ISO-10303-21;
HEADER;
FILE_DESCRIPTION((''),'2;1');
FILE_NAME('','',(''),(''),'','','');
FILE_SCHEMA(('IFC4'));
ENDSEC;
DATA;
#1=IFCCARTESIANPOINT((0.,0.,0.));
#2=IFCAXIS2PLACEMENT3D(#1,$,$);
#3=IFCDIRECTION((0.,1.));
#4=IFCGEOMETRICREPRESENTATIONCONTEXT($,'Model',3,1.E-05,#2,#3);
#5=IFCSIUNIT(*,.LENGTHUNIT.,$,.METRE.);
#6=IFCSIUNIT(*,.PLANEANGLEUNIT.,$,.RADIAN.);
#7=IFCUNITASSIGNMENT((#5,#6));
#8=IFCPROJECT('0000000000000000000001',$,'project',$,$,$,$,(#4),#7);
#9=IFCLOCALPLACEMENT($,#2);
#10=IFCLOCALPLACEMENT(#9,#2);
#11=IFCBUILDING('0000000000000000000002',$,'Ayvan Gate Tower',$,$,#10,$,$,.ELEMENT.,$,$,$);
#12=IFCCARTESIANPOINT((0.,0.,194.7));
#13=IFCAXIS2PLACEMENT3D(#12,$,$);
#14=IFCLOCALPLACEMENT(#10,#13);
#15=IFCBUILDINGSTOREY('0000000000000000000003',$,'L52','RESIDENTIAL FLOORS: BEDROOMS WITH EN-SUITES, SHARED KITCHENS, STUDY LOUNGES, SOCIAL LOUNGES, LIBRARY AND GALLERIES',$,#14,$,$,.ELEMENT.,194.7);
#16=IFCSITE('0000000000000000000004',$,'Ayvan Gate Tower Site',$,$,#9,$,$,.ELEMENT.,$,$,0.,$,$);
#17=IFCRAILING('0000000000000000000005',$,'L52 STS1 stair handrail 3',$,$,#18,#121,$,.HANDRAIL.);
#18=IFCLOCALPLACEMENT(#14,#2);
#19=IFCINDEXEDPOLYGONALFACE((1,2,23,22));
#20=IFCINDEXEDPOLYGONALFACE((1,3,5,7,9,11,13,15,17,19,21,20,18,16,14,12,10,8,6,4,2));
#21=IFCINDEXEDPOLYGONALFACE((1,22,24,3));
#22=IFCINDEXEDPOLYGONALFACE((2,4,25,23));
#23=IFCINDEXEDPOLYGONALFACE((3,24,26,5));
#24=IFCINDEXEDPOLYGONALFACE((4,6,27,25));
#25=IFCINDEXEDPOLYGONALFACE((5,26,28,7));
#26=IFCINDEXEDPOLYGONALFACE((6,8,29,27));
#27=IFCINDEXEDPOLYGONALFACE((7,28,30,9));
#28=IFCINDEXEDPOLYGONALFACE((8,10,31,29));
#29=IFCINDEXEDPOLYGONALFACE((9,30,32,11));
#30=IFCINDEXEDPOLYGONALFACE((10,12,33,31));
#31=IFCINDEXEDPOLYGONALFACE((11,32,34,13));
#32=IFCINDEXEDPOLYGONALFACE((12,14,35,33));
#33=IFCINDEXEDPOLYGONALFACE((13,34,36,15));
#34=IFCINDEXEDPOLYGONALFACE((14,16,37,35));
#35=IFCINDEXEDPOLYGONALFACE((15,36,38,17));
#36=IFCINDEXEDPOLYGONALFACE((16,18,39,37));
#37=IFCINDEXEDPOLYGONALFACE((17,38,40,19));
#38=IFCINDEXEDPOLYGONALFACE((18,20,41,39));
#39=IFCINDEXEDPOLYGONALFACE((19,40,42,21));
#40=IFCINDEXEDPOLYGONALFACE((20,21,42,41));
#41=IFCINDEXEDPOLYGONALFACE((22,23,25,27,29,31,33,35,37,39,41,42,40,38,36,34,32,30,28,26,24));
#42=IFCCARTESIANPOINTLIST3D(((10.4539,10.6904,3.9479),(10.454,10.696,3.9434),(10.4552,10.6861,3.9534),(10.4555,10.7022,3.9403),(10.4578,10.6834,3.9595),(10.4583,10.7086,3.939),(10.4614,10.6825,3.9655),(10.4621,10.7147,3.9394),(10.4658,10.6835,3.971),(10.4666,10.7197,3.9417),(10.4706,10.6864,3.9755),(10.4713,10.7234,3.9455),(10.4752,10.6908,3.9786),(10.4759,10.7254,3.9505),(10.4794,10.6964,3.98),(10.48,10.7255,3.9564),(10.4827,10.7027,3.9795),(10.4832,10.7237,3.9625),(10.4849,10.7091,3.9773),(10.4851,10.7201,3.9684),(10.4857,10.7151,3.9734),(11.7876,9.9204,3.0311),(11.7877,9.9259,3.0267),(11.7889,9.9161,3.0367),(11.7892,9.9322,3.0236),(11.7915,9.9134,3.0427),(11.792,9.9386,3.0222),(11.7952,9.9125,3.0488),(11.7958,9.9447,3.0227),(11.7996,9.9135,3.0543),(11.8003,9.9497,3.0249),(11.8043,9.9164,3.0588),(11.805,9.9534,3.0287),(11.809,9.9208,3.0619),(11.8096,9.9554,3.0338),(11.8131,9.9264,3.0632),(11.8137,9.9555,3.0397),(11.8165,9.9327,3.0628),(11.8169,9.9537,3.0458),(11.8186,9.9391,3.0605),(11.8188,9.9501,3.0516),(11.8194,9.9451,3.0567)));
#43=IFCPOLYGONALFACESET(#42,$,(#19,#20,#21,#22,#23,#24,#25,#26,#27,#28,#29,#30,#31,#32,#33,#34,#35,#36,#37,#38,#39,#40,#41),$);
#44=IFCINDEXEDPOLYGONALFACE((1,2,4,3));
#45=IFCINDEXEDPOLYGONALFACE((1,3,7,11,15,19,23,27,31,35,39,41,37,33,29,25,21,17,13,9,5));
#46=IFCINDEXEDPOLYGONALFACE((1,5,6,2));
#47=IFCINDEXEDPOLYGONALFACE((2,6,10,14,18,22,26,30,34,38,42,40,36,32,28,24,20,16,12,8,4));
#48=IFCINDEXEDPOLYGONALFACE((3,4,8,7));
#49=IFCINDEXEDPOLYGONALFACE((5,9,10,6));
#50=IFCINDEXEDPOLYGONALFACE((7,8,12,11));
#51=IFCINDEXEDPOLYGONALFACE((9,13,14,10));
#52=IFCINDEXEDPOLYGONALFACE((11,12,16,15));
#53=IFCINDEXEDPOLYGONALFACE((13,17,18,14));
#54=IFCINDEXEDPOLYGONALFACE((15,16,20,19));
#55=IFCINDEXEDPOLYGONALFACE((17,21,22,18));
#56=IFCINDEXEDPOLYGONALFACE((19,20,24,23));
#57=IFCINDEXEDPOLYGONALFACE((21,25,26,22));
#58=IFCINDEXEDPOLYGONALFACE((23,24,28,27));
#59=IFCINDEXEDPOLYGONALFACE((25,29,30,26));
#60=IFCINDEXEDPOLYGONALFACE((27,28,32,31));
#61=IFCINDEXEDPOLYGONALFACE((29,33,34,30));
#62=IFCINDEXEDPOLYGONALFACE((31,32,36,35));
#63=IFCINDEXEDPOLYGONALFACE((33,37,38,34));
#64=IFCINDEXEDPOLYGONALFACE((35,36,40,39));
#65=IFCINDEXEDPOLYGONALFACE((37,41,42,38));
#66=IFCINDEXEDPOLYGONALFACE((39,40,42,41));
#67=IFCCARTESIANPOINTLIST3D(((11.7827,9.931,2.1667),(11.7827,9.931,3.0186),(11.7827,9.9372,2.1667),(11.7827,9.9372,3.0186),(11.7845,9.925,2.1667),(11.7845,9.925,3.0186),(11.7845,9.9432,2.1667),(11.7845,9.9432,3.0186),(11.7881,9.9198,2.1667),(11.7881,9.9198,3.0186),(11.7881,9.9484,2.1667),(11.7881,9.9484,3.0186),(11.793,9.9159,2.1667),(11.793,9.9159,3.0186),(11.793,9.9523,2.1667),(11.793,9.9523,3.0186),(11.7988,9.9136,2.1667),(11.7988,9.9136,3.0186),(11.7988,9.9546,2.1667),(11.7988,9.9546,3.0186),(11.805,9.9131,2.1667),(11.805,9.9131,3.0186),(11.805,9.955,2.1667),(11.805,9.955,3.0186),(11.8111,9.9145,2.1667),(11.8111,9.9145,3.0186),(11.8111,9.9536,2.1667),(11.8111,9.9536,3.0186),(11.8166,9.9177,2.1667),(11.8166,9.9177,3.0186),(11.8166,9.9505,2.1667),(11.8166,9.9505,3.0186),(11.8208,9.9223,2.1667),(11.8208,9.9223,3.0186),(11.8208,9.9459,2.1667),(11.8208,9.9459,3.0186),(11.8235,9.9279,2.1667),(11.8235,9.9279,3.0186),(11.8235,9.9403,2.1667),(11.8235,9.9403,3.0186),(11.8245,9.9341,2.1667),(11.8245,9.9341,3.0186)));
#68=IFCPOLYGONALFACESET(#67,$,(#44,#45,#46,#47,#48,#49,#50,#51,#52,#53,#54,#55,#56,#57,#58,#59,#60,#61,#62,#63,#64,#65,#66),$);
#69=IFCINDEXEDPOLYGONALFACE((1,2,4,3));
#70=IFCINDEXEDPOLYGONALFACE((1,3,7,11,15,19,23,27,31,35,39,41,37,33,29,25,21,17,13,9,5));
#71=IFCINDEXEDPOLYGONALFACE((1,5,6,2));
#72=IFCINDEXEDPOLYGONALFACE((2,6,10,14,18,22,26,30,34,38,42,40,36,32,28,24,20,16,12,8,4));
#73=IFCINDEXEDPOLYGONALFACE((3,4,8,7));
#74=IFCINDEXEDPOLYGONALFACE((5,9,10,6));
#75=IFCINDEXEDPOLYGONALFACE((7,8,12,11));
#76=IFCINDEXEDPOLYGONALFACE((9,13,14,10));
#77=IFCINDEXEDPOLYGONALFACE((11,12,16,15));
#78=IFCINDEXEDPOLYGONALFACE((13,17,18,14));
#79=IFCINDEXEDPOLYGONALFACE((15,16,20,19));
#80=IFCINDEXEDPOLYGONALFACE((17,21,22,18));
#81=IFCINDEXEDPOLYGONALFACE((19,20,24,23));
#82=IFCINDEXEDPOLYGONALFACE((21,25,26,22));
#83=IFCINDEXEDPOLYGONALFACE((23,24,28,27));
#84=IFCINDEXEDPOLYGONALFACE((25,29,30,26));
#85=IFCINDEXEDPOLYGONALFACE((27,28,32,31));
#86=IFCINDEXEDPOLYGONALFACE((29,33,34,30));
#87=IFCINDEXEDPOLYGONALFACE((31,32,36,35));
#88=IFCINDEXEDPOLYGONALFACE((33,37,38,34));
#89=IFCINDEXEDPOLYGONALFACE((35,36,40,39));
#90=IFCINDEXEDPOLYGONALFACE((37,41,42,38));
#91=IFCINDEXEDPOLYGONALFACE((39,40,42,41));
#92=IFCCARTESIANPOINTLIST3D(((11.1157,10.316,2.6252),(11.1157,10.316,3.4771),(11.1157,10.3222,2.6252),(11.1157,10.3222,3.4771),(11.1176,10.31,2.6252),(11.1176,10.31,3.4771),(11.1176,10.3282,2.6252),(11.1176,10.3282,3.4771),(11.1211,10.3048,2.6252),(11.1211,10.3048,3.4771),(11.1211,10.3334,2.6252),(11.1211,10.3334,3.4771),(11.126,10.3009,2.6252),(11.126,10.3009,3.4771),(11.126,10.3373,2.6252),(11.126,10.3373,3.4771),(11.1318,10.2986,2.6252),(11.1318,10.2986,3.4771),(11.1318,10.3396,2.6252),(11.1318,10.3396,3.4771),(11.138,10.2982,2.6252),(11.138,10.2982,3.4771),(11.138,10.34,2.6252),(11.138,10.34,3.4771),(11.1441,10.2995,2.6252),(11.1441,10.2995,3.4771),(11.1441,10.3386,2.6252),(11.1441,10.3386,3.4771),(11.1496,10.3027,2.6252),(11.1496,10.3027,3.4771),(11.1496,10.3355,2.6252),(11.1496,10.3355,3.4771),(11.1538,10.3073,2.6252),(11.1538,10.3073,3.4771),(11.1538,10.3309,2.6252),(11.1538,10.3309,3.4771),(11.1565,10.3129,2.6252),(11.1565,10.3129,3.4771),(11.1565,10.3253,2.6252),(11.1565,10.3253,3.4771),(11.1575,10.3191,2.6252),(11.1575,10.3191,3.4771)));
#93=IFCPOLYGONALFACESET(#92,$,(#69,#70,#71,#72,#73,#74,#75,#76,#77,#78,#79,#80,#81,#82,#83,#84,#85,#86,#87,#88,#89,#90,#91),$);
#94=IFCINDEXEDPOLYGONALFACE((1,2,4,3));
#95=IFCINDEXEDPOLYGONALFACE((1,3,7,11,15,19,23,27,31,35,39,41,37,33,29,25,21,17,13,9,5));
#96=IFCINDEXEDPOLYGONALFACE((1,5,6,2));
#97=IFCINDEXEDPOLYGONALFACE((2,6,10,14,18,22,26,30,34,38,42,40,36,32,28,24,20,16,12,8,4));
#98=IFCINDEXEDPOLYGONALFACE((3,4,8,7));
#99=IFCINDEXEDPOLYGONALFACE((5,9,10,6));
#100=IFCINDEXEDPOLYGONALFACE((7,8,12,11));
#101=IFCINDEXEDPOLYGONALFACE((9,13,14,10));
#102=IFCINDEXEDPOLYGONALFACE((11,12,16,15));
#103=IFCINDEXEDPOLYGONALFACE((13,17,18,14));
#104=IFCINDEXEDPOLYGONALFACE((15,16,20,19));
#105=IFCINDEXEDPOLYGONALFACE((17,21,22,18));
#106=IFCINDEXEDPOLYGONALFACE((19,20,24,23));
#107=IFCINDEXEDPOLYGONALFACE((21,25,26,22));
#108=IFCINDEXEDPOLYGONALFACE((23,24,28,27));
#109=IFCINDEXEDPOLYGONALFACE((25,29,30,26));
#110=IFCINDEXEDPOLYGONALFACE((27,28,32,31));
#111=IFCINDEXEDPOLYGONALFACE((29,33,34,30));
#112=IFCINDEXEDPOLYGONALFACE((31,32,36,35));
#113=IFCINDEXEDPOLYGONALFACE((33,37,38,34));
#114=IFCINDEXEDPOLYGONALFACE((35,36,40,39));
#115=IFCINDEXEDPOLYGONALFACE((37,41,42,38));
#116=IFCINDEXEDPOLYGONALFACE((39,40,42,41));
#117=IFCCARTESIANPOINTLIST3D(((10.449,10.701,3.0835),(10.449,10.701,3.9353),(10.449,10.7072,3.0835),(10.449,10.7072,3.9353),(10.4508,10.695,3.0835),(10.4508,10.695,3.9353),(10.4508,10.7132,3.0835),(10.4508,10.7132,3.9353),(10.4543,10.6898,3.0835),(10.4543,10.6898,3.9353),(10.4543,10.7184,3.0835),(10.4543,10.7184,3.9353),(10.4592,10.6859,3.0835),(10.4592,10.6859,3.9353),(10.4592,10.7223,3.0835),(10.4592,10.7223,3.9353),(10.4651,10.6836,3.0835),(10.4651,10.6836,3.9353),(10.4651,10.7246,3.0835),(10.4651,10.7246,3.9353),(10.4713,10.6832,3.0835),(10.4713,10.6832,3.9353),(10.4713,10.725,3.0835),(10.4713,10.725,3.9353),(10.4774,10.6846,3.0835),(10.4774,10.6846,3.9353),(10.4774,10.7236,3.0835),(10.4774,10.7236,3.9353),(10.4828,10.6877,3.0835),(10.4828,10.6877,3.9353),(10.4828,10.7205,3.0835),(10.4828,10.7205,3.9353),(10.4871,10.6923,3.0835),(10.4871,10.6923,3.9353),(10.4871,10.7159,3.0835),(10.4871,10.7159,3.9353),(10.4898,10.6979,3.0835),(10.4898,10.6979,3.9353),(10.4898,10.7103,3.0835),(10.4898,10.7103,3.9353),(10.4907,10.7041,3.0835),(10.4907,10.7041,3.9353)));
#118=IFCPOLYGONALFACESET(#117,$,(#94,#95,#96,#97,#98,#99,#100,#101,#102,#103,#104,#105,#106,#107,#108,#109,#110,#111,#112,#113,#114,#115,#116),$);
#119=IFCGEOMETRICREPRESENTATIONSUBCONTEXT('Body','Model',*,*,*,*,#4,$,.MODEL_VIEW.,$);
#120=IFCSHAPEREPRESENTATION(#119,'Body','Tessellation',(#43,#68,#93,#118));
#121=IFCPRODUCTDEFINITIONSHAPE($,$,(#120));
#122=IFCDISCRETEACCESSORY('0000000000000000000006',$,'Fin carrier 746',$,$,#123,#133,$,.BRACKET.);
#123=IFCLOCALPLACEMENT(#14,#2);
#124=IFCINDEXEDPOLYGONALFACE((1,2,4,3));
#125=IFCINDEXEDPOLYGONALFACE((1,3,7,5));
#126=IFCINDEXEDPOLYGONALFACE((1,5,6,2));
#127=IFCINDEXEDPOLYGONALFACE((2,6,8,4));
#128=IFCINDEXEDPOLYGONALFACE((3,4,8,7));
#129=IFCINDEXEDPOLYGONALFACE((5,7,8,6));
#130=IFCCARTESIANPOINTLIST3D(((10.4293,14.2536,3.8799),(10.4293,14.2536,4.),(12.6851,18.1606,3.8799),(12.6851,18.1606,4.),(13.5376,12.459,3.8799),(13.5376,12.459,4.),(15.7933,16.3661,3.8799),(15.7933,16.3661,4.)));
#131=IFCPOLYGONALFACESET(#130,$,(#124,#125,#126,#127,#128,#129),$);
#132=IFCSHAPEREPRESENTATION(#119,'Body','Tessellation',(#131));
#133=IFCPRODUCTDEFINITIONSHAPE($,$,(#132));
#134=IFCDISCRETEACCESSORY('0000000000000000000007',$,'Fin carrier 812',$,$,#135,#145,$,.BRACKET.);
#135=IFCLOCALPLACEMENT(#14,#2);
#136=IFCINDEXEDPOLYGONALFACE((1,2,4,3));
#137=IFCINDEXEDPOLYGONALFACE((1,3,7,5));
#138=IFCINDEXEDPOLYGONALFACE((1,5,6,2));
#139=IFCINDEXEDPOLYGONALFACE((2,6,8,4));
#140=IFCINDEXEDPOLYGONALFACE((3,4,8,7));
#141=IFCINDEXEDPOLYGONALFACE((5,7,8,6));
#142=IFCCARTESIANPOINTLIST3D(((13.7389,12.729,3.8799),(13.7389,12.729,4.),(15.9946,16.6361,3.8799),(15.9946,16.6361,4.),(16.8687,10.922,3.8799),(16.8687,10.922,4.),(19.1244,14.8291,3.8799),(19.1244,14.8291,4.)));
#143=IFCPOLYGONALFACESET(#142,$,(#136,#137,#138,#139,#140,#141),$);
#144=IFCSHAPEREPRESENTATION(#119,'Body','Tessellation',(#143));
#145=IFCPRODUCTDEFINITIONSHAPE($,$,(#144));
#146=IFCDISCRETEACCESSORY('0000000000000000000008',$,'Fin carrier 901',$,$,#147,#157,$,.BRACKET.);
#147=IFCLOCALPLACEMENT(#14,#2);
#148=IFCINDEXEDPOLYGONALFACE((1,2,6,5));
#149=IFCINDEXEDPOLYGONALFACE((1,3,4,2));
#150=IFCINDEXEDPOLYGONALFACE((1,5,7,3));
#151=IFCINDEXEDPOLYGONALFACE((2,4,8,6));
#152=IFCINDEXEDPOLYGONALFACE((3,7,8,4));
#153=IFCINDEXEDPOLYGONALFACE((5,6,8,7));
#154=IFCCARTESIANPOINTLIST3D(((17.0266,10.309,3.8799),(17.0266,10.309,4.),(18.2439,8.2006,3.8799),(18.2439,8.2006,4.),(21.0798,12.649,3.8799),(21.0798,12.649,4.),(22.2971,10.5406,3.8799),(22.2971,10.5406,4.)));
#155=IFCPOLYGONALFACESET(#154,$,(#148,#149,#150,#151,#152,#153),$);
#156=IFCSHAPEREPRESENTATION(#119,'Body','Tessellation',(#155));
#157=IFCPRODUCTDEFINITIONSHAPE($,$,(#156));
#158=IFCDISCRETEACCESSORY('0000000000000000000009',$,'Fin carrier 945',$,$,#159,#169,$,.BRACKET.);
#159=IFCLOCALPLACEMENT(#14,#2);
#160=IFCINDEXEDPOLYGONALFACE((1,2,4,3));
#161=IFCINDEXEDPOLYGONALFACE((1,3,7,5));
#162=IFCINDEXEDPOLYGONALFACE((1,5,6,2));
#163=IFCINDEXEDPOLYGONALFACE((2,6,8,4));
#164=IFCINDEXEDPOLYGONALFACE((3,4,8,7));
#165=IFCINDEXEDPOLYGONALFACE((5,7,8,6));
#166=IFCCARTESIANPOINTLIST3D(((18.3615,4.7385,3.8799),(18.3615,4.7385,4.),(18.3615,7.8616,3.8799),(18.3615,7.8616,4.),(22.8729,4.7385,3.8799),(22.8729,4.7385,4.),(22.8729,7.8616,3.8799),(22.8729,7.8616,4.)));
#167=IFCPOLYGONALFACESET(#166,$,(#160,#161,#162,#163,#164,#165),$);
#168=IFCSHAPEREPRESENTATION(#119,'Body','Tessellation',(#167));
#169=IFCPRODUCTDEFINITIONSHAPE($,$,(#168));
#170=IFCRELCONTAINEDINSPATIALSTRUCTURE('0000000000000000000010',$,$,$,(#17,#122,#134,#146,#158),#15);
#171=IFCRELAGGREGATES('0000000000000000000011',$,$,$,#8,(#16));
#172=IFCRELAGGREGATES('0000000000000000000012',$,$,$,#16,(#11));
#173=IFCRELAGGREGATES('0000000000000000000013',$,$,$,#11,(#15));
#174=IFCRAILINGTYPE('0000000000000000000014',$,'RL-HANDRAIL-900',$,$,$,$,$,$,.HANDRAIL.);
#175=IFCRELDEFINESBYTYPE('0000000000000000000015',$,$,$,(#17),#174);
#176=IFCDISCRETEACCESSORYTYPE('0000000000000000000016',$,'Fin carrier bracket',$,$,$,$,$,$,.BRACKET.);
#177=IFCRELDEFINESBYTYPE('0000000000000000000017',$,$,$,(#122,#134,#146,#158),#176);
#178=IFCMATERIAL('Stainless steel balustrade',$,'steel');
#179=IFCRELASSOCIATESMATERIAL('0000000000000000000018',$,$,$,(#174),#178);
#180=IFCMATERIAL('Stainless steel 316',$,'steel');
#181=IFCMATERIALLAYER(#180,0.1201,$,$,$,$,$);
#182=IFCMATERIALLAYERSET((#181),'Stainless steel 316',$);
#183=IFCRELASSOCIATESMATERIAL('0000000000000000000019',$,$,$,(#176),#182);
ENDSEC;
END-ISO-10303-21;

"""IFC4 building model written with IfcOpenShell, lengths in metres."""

from ifc_helpers import new_model, si_unit, direction, frame, origin, origin_2d, place, context, subcontext, project, spatial, rectangle, circle, extrude, material, layer, layer_set, type_object, element, save


model = new_model("IFC4")

# Units and contexts
model_context = context("Model", 3, precision=1e-05, world=origin(), true_north=direction((0.0, 1.0)))
body_context = subcontext(model_context, "Body", "Model", "MODEL_VIEW")
ifc_project = project(units=[si_unit("LENGTHUNIT", "METRE"), si_unit("PLANEANGLEUNIT", "RADIAN")], contexts=[model_context])

# Site, building, storey
site_placement = place(None, origin())
site = spatial("IfcSite", under=ifc_project, at=site_placement, Name="Ayvan Gate Tower Site", CompositionType="ELEMENT", RefElevation=0.0)
building_placement = place(site_placement, origin())
building = spatial("IfcBuilding", under=site, at=building_placement, Name="Ayvan Gate Tower", CompositionType="ELEMENT")
storey_placement = place(building_placement, frame((0.0, 0.0, 194.7)))
storey = spatial("IfcBuildingStorey", under=building, at=storey_placement, Name="L52", Description="RESIDENTIAL FLOORS: BEDROOMS WITH EN-SUITES, SHARED KITCHENS, STUDY LOUNGES, SOCIAL LOUNGES, LIBRARY AND GALLERIES", CompositionType="ELEMENT", Elevation=194.7)

# Railing
ifc_material_1 = material(Name="Stainless steel balustrade", Category="steel")
railing_type = type_object("IfcRailingType", Name="RL-HANDRAIL-900", PredefinedType="HANDRAIL", material=ifc_material_1)
railing_placement = place(storey_placement, frame((11.8035, 9.9341, 2.1667)))
element("IfcRailing", 1, at=railing_placement, inside=storey, type_object=railing_type, Name="L52 STS1 stair handrail 3", PredefinedType="HANDRAIL", context=body_context, shape_type="SweptSolid", body=[
    extrude(circle(Radius=0.0239, at=origin_2d()), frame((0.0, 0.0, 0.876), z_axis=(-0.744164, 0.429634, 0.511502), x_axis=(-0.499992, -0.86603, 0.0)), (0.0, 0.0, 1.0), 1.7922),
    extrude(circle(Radius=0.021, at=origin_2d()), origin(), (0.0, 0.0, 1.0), 0.8518),
    extrude(circle(Radius=0.021, at=origin_2d()), frame((-0.667, 0.385, 0.4585)), (0.0, 0.0, 1.0), 0.8518),
    extrude(circle(Radius=0.021, at=origin_2d()), frame((-1.3337, 0.77, 0.9167)), (0.0, 0.0, 1.0), 0.8518),
])

# Discrete accessories
ifc_material_2 = material(Name="Stainless steel 316", Category="steel")
ifc_layer_1 = layer(ifc_material_2, 0.1201)
ifc_layer_set_1 = layer_set([ifc_layer_1], Name="Stainless steel 316")
discrete_accessory_type = type_object("IfcDiscreteAccessoryType", Name="Fin carrier bracket", PredefinedType="BRACKET", material=ifc_layer_set_1)
discrete_accessory_1_placement = place(storey_placement, frame((13.1113, 15.3098, 3.8799), z_axis=(0.0, 0.0, 1.0), x_axis=(-0.866025, 0.5, 0.0)))
element("IfcDiscreteAccessory", 2, at=discrete_accessory_1_placement, inside=storey, type_object=discrete_accessory_type, Name="Fin carrier 746", PredefinedType="BRACKET", context=body_context, shape_type="SweptSolid", body=[
    extrude(rectangle(XDim=3.5891, YDim=4.5115, at=origin_2d()), origin(), (0.0, 0.0, 1.0), 0.1201),
])
discrete_accessory_2_placement = place(storey_placement, frame((16.4316, 13.7791, 3.8799), z_axis=(0.0, 0.0, 1.0), x_axis=(-0.866025, 0.5, 0.0)))
element("IfcDiscreteAccessory", 3, at=discrete_accessory_2_placement, inside=storey, type_object=discrete_accessory_type, Name="Fin carrier 812", PredefinedType="BRACKET", context=body_context, shape_type="SweptSolid", body=[
    extrude(rectangle(XDim=3.614, YDim=4.5115, at=origin_2d()), origin(), (0.0, 0.0, 1.0), 0.1201),
])
discrete_accessory_3_placement = place(storey_placement, frame((19.6619, 10.4248, 3.8799), z_axis=(0.0, 0.0, 1.0), x_axis=(-0.5, 0.866025, 0.0)))
element("IfcDiscreteAccessory", 4, at=discrete_accessory_3_placement, inside=storey, type_object=discrete_accessory_type, Name="Fin carrier 901", PredefinedType="BRACKET", context=body_context, shape_type="SweptSolid", body=[
    extrude(rectangle(XDim=2.4346, YDim=4.6802, at=origin_2d()), origin(), (0.0, 0.0, 1.0), 0.1201),
])
discrete_accessory_4_placement = place(storey_placement, frame((20.6172, 6.3, 3.8799), z_axis=(0.0, 0.0, 1.0), x_axis=(0.0, 1.0, 0.0)))
element("IfcDiscreteAccessory", 5, at=discrete_accessory_4_placement, inside=storey, type_object=discrete_accessory_type, Name="Fin carrier 945", PredefinedType="BRACKET", context=body_context, shape_type="SweptSolid", body=[
    extrude(rectangle(XDim=3.123, YDim=4.5115, at=origin_2d()), origin(), (0.0, 0.0, 1.0), 0.1201),
])

save(model, "model.ifc")
